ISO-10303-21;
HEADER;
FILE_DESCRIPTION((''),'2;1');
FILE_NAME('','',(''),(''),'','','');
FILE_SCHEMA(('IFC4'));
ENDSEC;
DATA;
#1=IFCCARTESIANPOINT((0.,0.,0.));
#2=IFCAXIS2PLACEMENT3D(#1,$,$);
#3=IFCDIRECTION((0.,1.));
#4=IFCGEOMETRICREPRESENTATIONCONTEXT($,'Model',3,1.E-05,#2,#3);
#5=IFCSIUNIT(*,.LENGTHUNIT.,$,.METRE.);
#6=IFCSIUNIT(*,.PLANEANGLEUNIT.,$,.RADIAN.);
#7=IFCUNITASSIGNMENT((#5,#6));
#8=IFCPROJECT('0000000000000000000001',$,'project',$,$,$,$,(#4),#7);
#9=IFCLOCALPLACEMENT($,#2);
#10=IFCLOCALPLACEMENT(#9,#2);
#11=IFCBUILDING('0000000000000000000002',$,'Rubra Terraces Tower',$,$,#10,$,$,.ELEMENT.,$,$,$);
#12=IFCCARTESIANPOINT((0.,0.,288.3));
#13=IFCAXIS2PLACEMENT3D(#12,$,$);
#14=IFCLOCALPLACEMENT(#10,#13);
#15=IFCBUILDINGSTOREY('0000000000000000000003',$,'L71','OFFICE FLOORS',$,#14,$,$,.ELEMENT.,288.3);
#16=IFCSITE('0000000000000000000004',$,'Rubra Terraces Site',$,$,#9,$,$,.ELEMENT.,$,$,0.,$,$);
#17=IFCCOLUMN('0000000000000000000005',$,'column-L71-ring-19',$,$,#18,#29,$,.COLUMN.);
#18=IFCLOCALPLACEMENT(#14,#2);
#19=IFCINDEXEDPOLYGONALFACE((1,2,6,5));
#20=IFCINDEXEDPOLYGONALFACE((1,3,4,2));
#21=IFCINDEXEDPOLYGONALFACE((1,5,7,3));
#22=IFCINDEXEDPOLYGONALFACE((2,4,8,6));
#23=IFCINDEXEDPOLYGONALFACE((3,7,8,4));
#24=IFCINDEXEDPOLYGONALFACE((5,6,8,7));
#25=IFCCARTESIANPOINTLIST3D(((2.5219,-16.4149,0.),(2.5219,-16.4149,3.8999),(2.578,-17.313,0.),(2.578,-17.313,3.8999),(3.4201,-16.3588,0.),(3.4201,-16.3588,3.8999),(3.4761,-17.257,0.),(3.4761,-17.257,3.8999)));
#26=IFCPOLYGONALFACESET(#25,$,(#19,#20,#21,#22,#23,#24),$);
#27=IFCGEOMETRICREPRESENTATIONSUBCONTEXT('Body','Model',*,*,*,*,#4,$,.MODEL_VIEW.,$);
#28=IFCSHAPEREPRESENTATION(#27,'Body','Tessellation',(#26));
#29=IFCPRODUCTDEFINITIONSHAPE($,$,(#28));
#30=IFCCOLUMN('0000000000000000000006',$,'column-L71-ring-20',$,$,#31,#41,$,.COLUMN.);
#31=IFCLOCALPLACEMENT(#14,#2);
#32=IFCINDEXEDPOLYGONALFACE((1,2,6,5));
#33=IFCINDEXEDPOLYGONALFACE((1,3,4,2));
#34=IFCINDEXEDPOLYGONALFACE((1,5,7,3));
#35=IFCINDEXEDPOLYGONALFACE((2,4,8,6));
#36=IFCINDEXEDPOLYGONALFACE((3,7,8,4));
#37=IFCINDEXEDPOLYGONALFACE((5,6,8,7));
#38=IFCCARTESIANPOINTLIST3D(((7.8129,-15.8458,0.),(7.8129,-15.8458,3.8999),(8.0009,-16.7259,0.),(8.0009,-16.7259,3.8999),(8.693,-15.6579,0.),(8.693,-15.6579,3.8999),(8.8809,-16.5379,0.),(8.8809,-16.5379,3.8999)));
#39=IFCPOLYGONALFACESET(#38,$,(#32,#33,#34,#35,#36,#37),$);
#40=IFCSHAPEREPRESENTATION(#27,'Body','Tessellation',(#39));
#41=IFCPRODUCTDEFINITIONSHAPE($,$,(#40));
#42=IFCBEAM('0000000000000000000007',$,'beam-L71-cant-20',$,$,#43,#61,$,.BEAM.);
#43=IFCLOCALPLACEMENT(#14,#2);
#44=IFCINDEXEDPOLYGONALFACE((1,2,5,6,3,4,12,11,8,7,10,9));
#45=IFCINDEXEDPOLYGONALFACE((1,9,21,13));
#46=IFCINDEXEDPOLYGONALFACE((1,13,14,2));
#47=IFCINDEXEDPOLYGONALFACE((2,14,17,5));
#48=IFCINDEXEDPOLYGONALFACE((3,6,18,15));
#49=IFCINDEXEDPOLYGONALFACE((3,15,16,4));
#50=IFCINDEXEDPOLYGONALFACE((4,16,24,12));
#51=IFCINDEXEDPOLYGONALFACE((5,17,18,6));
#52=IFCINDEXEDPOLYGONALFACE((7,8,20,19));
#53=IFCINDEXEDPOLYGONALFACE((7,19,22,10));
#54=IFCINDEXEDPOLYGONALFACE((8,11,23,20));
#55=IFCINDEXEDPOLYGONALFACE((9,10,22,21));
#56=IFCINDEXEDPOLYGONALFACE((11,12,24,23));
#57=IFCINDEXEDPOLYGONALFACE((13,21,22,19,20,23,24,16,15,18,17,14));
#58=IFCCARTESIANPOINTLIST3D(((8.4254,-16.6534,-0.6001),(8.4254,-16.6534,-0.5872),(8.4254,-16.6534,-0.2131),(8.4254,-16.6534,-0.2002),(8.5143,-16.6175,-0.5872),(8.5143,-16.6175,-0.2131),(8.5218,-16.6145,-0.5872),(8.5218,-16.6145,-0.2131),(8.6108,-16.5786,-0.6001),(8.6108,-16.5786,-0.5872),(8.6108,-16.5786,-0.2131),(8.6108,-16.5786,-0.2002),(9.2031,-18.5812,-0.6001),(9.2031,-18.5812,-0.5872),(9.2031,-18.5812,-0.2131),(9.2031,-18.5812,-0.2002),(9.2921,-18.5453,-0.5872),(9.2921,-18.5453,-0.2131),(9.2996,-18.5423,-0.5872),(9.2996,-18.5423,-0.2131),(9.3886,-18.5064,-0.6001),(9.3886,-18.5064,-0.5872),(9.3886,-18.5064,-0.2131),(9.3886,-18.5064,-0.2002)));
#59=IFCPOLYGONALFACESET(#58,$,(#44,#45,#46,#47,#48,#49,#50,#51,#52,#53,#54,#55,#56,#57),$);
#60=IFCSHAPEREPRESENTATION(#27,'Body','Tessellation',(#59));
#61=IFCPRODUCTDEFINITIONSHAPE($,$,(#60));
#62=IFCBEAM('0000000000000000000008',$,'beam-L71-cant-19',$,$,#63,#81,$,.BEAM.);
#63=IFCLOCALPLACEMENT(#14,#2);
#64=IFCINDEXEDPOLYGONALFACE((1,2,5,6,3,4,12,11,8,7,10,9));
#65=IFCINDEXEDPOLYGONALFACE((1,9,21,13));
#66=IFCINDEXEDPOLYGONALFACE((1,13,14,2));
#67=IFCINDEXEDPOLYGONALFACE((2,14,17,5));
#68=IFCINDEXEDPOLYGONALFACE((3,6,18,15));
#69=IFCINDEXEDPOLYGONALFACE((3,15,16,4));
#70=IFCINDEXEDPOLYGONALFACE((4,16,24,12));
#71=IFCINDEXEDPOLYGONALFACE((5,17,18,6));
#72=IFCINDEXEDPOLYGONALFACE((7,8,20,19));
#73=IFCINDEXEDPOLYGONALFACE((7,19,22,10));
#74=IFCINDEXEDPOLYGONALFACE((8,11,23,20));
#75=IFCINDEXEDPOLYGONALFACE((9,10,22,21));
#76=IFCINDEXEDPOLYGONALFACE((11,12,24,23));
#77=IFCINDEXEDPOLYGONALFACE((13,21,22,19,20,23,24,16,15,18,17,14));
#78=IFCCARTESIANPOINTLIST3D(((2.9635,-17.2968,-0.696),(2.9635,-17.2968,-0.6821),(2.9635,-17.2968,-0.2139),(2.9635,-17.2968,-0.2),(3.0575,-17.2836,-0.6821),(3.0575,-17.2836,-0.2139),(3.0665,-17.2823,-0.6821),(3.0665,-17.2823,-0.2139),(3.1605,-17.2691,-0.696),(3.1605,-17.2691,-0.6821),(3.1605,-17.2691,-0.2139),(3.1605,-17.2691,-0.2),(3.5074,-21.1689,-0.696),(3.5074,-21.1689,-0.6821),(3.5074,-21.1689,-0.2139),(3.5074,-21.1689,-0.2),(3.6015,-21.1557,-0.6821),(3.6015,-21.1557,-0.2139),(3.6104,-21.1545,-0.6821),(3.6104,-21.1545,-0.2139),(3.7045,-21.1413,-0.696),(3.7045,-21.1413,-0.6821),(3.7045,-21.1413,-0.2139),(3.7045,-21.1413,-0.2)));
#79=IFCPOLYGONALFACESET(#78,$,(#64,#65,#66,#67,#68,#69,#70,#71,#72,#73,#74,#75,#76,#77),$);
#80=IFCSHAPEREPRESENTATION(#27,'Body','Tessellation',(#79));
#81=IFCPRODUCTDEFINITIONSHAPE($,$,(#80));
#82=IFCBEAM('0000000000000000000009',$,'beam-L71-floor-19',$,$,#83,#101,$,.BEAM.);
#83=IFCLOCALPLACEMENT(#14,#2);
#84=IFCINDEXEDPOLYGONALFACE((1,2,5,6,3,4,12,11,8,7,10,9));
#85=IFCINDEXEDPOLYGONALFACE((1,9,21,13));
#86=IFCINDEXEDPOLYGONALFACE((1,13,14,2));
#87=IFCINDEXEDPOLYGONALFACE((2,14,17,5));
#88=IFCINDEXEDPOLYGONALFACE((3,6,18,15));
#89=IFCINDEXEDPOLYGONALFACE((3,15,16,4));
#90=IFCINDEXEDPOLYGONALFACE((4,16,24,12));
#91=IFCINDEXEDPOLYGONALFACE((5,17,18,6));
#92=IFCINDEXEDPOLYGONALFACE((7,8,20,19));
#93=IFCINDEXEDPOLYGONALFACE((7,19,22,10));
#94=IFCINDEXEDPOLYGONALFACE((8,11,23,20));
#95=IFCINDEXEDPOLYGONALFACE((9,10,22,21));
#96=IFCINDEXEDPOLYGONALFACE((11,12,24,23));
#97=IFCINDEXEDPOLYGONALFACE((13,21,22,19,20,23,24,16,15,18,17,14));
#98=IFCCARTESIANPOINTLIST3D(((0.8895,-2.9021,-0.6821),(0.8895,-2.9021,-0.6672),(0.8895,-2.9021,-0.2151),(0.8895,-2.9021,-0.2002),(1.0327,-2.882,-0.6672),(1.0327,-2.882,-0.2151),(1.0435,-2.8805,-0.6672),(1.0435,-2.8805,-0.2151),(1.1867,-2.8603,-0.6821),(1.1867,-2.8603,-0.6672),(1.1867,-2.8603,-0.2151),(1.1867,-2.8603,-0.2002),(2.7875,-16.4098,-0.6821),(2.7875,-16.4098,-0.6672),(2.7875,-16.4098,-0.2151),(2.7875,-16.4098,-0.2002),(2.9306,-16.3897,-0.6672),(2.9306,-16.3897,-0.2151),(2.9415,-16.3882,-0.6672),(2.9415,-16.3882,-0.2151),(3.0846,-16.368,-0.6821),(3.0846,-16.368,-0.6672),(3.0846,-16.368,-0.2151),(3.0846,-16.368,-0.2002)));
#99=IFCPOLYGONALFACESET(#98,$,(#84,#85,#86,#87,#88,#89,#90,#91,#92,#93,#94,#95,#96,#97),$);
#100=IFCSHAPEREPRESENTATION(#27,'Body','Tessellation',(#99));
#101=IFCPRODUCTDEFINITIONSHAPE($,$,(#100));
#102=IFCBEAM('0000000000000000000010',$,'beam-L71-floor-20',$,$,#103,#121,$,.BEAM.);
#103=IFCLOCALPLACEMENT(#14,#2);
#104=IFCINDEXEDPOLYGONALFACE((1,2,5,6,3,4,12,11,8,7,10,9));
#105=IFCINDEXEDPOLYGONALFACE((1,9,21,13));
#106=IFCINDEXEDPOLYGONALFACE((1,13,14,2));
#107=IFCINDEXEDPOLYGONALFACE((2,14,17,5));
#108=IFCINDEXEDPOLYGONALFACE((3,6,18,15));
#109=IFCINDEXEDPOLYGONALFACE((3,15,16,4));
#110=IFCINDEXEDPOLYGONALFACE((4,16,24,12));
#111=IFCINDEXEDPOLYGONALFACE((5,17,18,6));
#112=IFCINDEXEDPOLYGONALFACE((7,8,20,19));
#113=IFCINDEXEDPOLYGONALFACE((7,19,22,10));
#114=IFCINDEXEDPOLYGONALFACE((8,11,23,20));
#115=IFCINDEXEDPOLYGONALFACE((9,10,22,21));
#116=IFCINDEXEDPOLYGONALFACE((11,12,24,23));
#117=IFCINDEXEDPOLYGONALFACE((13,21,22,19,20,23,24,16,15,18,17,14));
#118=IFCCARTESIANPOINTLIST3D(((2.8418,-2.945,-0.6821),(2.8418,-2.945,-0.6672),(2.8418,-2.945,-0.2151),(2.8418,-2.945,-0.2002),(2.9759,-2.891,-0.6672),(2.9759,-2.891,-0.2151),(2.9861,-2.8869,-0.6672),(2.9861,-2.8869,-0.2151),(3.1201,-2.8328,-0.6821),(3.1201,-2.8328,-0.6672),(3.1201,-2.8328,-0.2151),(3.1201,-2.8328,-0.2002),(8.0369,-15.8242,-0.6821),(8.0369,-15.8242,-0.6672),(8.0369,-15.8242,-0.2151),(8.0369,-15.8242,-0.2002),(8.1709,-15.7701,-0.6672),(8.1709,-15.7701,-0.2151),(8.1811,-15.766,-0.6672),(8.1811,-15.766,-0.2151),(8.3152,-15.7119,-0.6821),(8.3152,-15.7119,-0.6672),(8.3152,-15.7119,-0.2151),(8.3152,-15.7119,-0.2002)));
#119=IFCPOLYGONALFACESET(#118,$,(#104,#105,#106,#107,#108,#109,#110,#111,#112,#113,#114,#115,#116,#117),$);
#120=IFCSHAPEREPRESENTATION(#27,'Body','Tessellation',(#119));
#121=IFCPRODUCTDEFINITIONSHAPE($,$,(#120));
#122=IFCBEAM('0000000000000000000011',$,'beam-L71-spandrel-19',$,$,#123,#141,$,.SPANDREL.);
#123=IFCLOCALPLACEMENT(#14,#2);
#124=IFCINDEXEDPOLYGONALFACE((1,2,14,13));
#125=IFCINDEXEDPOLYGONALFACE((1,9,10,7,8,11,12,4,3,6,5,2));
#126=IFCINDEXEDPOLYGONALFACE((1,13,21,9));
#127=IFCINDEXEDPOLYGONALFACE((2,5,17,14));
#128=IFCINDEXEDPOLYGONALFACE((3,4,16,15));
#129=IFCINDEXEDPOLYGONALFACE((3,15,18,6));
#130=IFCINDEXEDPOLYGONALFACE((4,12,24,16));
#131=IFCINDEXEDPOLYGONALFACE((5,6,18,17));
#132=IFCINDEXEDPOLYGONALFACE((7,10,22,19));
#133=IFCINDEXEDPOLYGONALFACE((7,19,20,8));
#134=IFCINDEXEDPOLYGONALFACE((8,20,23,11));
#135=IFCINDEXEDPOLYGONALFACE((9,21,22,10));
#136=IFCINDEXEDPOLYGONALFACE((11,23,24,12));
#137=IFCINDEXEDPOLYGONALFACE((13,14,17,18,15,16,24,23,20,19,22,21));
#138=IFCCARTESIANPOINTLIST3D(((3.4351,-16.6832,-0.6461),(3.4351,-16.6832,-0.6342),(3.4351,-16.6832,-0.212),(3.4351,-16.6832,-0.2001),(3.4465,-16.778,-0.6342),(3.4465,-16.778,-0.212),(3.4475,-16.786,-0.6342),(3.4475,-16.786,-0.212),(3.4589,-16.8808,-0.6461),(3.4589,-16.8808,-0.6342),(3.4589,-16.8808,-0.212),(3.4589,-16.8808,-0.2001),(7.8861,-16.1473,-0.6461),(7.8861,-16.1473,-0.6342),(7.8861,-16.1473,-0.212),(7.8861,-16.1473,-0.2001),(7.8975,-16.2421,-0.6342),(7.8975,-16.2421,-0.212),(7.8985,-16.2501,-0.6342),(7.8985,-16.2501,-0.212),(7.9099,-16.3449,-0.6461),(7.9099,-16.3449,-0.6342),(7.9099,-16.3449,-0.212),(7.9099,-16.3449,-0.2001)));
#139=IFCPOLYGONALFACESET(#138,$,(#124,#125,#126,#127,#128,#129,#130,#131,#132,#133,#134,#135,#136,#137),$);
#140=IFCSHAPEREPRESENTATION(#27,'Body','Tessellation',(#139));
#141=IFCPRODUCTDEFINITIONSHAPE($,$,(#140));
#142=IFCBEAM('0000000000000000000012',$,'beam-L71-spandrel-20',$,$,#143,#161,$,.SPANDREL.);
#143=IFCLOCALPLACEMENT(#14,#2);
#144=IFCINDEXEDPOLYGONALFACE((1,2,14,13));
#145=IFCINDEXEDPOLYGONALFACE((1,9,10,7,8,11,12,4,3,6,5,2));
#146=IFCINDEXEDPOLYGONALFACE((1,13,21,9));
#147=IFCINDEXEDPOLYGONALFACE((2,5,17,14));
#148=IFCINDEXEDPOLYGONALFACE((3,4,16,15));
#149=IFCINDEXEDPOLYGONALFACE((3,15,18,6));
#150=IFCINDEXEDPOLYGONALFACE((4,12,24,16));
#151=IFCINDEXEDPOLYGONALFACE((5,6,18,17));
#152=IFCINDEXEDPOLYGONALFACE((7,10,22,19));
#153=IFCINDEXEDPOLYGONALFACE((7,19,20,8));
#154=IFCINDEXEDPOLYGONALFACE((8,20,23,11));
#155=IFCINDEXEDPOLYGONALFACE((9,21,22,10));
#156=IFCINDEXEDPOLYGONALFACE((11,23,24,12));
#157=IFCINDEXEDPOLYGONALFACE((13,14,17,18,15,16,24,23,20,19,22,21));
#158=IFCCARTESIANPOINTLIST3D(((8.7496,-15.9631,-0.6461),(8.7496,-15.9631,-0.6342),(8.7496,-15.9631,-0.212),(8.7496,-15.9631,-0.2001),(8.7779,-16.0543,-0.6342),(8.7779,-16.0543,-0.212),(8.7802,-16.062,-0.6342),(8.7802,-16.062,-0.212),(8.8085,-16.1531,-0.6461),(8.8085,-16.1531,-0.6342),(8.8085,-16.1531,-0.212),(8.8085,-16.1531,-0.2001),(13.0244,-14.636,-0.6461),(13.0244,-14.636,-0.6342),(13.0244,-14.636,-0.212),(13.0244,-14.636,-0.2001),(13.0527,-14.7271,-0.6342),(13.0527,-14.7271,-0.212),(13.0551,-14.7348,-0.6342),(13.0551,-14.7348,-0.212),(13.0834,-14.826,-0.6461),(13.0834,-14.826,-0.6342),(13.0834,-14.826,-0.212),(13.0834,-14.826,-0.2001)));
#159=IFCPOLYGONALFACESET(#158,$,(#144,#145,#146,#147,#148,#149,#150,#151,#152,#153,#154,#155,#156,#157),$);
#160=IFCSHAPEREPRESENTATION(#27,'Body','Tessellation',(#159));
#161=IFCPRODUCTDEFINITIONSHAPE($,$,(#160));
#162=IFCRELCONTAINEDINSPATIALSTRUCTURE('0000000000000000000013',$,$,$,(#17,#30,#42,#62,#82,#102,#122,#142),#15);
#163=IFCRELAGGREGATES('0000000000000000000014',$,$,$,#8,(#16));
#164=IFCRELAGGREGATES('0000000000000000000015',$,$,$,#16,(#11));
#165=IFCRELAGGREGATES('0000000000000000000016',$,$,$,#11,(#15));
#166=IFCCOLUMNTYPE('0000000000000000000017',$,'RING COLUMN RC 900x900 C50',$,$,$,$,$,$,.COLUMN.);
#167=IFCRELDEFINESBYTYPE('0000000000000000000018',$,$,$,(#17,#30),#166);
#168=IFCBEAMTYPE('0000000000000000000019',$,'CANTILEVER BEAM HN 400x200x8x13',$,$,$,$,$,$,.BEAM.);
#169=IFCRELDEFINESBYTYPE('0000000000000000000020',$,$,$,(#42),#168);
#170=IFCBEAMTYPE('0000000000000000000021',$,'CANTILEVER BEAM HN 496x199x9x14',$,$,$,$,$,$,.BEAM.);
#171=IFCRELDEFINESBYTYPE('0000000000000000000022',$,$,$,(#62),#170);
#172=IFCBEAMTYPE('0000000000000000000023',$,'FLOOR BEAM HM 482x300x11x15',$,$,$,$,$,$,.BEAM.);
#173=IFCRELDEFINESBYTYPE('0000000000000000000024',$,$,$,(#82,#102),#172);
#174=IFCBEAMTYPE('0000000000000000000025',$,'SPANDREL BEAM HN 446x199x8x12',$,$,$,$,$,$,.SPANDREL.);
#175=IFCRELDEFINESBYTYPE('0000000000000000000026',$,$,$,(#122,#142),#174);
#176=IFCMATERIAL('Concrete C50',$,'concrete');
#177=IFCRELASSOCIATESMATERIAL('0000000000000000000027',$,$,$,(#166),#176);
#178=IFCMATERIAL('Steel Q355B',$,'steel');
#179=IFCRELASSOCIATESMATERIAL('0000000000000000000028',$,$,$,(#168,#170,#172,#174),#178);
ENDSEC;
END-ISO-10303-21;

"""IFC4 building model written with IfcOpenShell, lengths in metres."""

from ifc_helpers import new_model, si_unit, direction, frame, origin, origin_2d, place, context, subcontext, project, spatial, rectangle, i_section, extrude, material, material_profile, profile_set, type_object, element, save


model = new_model("IFC4")

# Units and contexts
model_context = context("Model", 3, precision=1e-05, world=origin(), true_north=direction((0.0, 1.0)))
body_context = subcontext(model_context, "Body", "Model", "MODEL_VIEW")
ifc_project = project(units=[si_unit("LENGTHUNIT", "METRE"), si_unit("PLANEANGLEUNIT", "RADIAN")], contexts=[model_context])

# Site, building, storey
site_placement = place(None, origin())
site = spatial("IfcSite", under=ifc_project, at=site_placement, Name="Rubra Terraces Site", CompositionType="ELEMENT", RefElevation=0.0)
building_placement = place(site_placement, origin())
building = spatial("IfcBuilding", under=site, at=building_placement, Name="Rubra Terraces Tower", CompositionType="ELEMENT")
storey_placement = place(building_placement, frame((0.0, 0.0, 288.3)))
storey = spatial("IfcBuildingStorey", under=building, at=storey_placement, Name="L71", Description="OFFICE FLOORS", CompositionType="ELEMENT", Elevation=288.3)

# Columns
ifc_material_1 = material(Name="Concrete C50", Category="concrete")
ifc_material_profile_1 = material_profile(ifc_material_1, rectangle(XDim=0.8999, YDim=0.8999, at=origin_2d()), Name="RC 900x900")
ifc_profile_set_1 = profile_set([ifc_material_profile_1], Name="Concrete C50")
column_type = type_object("IfcColumnType", Name="RING COLUMN RC 900x900 C50", PredefinedType="COLUMN", material=ifc_profile_set_1)
for number, where, z_axis, x_axis, name in (
    (1, (2.999, -16.8359, 0.0), (0.0, 0.0, 1.0), (0.998059, 0.062268, 0.0), "column-L71-ring-19"),
    (2, (8.3469, -16.1919, 0.0), (0.0, 0.0, 1.0), (0.977944, 0.208867, 0.0), "column-L71-ring-20"),
):
    element("IfcColumn", number, at=place(storey_placement, frame(where, z_axis=z_axis, x_axis=x_axis)), inside=storey, type_object=column_type, Name=name, PredefinedType="COLUMN", context=body_context, shape_type="SweptSolid", body=[
        extrude(rectangle(XDim=0.8999, YDim=0.8999, at=origin_2d()), origin(), (0.0, 0.0, 1.0), 3.8999),
    ])

# Beams
ifc_material_2 = material(Name="Steel Q355B", Category="steel")
ifc_material_profile_2 = material_profile(ifc_material_2, i_section(OverallWidth=0.2, OverallDepth=0.3999, WebThickness=0.0081, FlangeThickness=0.0129, at=origin_2d()), Name="HN 400x200x8x13")
ifc_profile_set_2 = profile_set([ifc_material_profile_2], Name="Steel Q355B")
beam_type_1 = type_object("IfcBeamType", Name="CANTILEVER BEAM HN 400x200x8x13", PredefinedType="BEAM", material=ifc_profile_set_2)
beam_1_placement = place(storey_placement, frame((8.5181, -16.616, -0.4001), z_axis=(0.374143, -0.927371, 0.0), x_axis=(0.927371, 0.374143, 0.0)))
element("IfcBeam", 3, at=beam_1_placement, inside=storey, type_object=beam_type_1, Name="beam-L71-cant-20", PredefinedType="BEAM", context=body_context, shape_type="SweptSolid", body=[
    extrude(i_section(OverallWidth=0.2, OverallDepth=0.3999, WebThickness=0.0081, FlangeThickness=0.0129, at=origin_2d()), origin(), (0.0, 0.0, 1.0), 2.0789),
])
ifc_material_profile_3 = material_profile(ifc_material_2, i_section(OverallWidth=0.199, OverallDepth=0.4961, WebThickness=0.009, FlangeThickness=0.0139, at=origin_2d()), Name="HN 496x199x9x14")
ifc_profile_set_3 = profile_set([ifc_material_profile_3], Name="Steel Q355B")
beam_type_2 = type_object("IfcBeamType", Name="CANTILEVER BEAM HN 496x199x9x14", PredefinedType="BEAM", material=ifc_profile_set_3)
beam_2_placement = place(storey_placement, frame((3.062, -17.283, -0.448), z_axis=(0.139113, -0.990276, 0.0), x_axis=(0.990276, 0.139113, 0.0)))
element("IfcBeam", 4, at=beam_2_placement, inside=storey, type_object=beam_type_2, Name="beam-L71-cant-19", PredefinedType="BEAM", context=body_context, shape_type="SweptSolid", body=[
    extrude(i_section(OverallWidth=0.199, OverallDepth=0.4961, WebThickness=0.009, FlangeThickness=0.0139, at=origin_2d()), origin(), (0.0, 0.0, 1.0), 3.9102),
])
ifc_material_profile_4 = material_profile(ifc_material_2, i_section(OverallWidth=0.3, OverallDepth=0.4819, WebThickness=0.011, FlangeThickness=0.0149, at=origin_2d()), Name="HM 482x300x11x15")
ifc_profile_set_4 = profile_set([ifc_material_profile_4], Name="Steel Q355B")
beam_type_3 = type_object("IfcBeamType", Name="FLOOR BEAM HM 482x300x11x15", PredefinedType="BEAM", material=ifc_profile_set_4)
beam_3_placement = place(storey_placement, frame((2.936, -16.3889, -0.4412), z_axis=(-0.139141, 0.990273, 0.0), x_axis=(-0.990273, -0.139141, 0.0)))
element("IfcBeam", 5, at=beam_3_placement, inside=storey, type_object=beam_type_3, Name="beam-L71-floor-19", PredefinedType="BEAM", context=body_context, shape_type="SweptSolid", body=[
    extrude(i_section(OverallWidth=0.3, OverallDepth=0.4819, WebThickness=0.011, FlangeThickness=0.0149, at=origin_2d()), origin(), (0.0, 0.0, 1.0), 13.6404),
])
beam_4_placement = place(storey_placement, frame((8.176, -15.7681, -0.4412), z_axis=(-0.374084, 0.927395, 0.0), x_axis=(-0.927395, -0.374084, 0.0)))
element("IfcBeam", 6, at=beam_4_placement, inside=storey, type_object=beam_type_3, Name="beam-L71-floor-20", PredefinedType="BEAM", context=body_context, shape_type="SweptSolid", body=[
    extrude(i_section(OverallWidth=0.3, OverallDepth=0.4819, WebThickness=0.011, FlangeThickness=0.0149, at=origin_2d()), origin(), (0.0, 0.0, 1.0), 13.8875),
])
ifc_material_profile_5 = material_profile(ifc_material_2, i_section(OverallWidth=0.199, OverallDepth=0.446, WebThickness=0.0081, FlangeThickness=0.012, at=origin_2d()), Name="HN 446x199x8x12")
ifc_profile_set_5 = profile_set([ifc_material_profile_5], Name="Steel Q355B")
beam_type_4 = type_object("IfcBeamType", Name="SPANDREL BEAM HN 446x199x8x12", PredefinedType="SPANDREL", material=ifc_profile_set_5)
beam_5_placement = place(storey_placement, frame((3.447, -16.782, -0.4231), z_axis=(0.99283, 0.119536, 0.0), x_axis=(-0.119536, 0.99283, 0.0)))
element("IfcBeam", 7, at=beam_5_placement, inside=storey, type_object=beam_type_4, Name="beam-L71-spandrel-19", PredefinedType="SPANDREL", context=body_context, shape_type="SweptSolid", body=[
    extrude(i_section(OverallWidth=0.199, OverallDepth=0.446, WebThickness=0.0081, FlangeThickness=0.012, at=origin_2d()), origin(), (0.0, 0.0, 1.0), 4.4832),
])
beam_6_placement = place(storey_placement, frame((8.7791, -16.0581, -0.4231), z_axis=(0.955035, 0.296492, 0.0), x_axis=(-0.296492, 0.955035, 0.0)))
element("IfcBeam", 8, at=beam_6_placement, inside=storey, type_object=beam_type_4, Name="beam-L71-spandrel-20", PredefinedType="SPANDREL", context=body_context, shape_type="SweptSolid", body=[
    extrude(i_section(OverallWidth=0.199, OverallDepth=0.446, WebThickness=0.0081, FlangeThickness=0.012, at=origin_2d()), origin(), (0.0, 0.0, 1.0), 4.4761),
])

save(model, "model.ifc")
